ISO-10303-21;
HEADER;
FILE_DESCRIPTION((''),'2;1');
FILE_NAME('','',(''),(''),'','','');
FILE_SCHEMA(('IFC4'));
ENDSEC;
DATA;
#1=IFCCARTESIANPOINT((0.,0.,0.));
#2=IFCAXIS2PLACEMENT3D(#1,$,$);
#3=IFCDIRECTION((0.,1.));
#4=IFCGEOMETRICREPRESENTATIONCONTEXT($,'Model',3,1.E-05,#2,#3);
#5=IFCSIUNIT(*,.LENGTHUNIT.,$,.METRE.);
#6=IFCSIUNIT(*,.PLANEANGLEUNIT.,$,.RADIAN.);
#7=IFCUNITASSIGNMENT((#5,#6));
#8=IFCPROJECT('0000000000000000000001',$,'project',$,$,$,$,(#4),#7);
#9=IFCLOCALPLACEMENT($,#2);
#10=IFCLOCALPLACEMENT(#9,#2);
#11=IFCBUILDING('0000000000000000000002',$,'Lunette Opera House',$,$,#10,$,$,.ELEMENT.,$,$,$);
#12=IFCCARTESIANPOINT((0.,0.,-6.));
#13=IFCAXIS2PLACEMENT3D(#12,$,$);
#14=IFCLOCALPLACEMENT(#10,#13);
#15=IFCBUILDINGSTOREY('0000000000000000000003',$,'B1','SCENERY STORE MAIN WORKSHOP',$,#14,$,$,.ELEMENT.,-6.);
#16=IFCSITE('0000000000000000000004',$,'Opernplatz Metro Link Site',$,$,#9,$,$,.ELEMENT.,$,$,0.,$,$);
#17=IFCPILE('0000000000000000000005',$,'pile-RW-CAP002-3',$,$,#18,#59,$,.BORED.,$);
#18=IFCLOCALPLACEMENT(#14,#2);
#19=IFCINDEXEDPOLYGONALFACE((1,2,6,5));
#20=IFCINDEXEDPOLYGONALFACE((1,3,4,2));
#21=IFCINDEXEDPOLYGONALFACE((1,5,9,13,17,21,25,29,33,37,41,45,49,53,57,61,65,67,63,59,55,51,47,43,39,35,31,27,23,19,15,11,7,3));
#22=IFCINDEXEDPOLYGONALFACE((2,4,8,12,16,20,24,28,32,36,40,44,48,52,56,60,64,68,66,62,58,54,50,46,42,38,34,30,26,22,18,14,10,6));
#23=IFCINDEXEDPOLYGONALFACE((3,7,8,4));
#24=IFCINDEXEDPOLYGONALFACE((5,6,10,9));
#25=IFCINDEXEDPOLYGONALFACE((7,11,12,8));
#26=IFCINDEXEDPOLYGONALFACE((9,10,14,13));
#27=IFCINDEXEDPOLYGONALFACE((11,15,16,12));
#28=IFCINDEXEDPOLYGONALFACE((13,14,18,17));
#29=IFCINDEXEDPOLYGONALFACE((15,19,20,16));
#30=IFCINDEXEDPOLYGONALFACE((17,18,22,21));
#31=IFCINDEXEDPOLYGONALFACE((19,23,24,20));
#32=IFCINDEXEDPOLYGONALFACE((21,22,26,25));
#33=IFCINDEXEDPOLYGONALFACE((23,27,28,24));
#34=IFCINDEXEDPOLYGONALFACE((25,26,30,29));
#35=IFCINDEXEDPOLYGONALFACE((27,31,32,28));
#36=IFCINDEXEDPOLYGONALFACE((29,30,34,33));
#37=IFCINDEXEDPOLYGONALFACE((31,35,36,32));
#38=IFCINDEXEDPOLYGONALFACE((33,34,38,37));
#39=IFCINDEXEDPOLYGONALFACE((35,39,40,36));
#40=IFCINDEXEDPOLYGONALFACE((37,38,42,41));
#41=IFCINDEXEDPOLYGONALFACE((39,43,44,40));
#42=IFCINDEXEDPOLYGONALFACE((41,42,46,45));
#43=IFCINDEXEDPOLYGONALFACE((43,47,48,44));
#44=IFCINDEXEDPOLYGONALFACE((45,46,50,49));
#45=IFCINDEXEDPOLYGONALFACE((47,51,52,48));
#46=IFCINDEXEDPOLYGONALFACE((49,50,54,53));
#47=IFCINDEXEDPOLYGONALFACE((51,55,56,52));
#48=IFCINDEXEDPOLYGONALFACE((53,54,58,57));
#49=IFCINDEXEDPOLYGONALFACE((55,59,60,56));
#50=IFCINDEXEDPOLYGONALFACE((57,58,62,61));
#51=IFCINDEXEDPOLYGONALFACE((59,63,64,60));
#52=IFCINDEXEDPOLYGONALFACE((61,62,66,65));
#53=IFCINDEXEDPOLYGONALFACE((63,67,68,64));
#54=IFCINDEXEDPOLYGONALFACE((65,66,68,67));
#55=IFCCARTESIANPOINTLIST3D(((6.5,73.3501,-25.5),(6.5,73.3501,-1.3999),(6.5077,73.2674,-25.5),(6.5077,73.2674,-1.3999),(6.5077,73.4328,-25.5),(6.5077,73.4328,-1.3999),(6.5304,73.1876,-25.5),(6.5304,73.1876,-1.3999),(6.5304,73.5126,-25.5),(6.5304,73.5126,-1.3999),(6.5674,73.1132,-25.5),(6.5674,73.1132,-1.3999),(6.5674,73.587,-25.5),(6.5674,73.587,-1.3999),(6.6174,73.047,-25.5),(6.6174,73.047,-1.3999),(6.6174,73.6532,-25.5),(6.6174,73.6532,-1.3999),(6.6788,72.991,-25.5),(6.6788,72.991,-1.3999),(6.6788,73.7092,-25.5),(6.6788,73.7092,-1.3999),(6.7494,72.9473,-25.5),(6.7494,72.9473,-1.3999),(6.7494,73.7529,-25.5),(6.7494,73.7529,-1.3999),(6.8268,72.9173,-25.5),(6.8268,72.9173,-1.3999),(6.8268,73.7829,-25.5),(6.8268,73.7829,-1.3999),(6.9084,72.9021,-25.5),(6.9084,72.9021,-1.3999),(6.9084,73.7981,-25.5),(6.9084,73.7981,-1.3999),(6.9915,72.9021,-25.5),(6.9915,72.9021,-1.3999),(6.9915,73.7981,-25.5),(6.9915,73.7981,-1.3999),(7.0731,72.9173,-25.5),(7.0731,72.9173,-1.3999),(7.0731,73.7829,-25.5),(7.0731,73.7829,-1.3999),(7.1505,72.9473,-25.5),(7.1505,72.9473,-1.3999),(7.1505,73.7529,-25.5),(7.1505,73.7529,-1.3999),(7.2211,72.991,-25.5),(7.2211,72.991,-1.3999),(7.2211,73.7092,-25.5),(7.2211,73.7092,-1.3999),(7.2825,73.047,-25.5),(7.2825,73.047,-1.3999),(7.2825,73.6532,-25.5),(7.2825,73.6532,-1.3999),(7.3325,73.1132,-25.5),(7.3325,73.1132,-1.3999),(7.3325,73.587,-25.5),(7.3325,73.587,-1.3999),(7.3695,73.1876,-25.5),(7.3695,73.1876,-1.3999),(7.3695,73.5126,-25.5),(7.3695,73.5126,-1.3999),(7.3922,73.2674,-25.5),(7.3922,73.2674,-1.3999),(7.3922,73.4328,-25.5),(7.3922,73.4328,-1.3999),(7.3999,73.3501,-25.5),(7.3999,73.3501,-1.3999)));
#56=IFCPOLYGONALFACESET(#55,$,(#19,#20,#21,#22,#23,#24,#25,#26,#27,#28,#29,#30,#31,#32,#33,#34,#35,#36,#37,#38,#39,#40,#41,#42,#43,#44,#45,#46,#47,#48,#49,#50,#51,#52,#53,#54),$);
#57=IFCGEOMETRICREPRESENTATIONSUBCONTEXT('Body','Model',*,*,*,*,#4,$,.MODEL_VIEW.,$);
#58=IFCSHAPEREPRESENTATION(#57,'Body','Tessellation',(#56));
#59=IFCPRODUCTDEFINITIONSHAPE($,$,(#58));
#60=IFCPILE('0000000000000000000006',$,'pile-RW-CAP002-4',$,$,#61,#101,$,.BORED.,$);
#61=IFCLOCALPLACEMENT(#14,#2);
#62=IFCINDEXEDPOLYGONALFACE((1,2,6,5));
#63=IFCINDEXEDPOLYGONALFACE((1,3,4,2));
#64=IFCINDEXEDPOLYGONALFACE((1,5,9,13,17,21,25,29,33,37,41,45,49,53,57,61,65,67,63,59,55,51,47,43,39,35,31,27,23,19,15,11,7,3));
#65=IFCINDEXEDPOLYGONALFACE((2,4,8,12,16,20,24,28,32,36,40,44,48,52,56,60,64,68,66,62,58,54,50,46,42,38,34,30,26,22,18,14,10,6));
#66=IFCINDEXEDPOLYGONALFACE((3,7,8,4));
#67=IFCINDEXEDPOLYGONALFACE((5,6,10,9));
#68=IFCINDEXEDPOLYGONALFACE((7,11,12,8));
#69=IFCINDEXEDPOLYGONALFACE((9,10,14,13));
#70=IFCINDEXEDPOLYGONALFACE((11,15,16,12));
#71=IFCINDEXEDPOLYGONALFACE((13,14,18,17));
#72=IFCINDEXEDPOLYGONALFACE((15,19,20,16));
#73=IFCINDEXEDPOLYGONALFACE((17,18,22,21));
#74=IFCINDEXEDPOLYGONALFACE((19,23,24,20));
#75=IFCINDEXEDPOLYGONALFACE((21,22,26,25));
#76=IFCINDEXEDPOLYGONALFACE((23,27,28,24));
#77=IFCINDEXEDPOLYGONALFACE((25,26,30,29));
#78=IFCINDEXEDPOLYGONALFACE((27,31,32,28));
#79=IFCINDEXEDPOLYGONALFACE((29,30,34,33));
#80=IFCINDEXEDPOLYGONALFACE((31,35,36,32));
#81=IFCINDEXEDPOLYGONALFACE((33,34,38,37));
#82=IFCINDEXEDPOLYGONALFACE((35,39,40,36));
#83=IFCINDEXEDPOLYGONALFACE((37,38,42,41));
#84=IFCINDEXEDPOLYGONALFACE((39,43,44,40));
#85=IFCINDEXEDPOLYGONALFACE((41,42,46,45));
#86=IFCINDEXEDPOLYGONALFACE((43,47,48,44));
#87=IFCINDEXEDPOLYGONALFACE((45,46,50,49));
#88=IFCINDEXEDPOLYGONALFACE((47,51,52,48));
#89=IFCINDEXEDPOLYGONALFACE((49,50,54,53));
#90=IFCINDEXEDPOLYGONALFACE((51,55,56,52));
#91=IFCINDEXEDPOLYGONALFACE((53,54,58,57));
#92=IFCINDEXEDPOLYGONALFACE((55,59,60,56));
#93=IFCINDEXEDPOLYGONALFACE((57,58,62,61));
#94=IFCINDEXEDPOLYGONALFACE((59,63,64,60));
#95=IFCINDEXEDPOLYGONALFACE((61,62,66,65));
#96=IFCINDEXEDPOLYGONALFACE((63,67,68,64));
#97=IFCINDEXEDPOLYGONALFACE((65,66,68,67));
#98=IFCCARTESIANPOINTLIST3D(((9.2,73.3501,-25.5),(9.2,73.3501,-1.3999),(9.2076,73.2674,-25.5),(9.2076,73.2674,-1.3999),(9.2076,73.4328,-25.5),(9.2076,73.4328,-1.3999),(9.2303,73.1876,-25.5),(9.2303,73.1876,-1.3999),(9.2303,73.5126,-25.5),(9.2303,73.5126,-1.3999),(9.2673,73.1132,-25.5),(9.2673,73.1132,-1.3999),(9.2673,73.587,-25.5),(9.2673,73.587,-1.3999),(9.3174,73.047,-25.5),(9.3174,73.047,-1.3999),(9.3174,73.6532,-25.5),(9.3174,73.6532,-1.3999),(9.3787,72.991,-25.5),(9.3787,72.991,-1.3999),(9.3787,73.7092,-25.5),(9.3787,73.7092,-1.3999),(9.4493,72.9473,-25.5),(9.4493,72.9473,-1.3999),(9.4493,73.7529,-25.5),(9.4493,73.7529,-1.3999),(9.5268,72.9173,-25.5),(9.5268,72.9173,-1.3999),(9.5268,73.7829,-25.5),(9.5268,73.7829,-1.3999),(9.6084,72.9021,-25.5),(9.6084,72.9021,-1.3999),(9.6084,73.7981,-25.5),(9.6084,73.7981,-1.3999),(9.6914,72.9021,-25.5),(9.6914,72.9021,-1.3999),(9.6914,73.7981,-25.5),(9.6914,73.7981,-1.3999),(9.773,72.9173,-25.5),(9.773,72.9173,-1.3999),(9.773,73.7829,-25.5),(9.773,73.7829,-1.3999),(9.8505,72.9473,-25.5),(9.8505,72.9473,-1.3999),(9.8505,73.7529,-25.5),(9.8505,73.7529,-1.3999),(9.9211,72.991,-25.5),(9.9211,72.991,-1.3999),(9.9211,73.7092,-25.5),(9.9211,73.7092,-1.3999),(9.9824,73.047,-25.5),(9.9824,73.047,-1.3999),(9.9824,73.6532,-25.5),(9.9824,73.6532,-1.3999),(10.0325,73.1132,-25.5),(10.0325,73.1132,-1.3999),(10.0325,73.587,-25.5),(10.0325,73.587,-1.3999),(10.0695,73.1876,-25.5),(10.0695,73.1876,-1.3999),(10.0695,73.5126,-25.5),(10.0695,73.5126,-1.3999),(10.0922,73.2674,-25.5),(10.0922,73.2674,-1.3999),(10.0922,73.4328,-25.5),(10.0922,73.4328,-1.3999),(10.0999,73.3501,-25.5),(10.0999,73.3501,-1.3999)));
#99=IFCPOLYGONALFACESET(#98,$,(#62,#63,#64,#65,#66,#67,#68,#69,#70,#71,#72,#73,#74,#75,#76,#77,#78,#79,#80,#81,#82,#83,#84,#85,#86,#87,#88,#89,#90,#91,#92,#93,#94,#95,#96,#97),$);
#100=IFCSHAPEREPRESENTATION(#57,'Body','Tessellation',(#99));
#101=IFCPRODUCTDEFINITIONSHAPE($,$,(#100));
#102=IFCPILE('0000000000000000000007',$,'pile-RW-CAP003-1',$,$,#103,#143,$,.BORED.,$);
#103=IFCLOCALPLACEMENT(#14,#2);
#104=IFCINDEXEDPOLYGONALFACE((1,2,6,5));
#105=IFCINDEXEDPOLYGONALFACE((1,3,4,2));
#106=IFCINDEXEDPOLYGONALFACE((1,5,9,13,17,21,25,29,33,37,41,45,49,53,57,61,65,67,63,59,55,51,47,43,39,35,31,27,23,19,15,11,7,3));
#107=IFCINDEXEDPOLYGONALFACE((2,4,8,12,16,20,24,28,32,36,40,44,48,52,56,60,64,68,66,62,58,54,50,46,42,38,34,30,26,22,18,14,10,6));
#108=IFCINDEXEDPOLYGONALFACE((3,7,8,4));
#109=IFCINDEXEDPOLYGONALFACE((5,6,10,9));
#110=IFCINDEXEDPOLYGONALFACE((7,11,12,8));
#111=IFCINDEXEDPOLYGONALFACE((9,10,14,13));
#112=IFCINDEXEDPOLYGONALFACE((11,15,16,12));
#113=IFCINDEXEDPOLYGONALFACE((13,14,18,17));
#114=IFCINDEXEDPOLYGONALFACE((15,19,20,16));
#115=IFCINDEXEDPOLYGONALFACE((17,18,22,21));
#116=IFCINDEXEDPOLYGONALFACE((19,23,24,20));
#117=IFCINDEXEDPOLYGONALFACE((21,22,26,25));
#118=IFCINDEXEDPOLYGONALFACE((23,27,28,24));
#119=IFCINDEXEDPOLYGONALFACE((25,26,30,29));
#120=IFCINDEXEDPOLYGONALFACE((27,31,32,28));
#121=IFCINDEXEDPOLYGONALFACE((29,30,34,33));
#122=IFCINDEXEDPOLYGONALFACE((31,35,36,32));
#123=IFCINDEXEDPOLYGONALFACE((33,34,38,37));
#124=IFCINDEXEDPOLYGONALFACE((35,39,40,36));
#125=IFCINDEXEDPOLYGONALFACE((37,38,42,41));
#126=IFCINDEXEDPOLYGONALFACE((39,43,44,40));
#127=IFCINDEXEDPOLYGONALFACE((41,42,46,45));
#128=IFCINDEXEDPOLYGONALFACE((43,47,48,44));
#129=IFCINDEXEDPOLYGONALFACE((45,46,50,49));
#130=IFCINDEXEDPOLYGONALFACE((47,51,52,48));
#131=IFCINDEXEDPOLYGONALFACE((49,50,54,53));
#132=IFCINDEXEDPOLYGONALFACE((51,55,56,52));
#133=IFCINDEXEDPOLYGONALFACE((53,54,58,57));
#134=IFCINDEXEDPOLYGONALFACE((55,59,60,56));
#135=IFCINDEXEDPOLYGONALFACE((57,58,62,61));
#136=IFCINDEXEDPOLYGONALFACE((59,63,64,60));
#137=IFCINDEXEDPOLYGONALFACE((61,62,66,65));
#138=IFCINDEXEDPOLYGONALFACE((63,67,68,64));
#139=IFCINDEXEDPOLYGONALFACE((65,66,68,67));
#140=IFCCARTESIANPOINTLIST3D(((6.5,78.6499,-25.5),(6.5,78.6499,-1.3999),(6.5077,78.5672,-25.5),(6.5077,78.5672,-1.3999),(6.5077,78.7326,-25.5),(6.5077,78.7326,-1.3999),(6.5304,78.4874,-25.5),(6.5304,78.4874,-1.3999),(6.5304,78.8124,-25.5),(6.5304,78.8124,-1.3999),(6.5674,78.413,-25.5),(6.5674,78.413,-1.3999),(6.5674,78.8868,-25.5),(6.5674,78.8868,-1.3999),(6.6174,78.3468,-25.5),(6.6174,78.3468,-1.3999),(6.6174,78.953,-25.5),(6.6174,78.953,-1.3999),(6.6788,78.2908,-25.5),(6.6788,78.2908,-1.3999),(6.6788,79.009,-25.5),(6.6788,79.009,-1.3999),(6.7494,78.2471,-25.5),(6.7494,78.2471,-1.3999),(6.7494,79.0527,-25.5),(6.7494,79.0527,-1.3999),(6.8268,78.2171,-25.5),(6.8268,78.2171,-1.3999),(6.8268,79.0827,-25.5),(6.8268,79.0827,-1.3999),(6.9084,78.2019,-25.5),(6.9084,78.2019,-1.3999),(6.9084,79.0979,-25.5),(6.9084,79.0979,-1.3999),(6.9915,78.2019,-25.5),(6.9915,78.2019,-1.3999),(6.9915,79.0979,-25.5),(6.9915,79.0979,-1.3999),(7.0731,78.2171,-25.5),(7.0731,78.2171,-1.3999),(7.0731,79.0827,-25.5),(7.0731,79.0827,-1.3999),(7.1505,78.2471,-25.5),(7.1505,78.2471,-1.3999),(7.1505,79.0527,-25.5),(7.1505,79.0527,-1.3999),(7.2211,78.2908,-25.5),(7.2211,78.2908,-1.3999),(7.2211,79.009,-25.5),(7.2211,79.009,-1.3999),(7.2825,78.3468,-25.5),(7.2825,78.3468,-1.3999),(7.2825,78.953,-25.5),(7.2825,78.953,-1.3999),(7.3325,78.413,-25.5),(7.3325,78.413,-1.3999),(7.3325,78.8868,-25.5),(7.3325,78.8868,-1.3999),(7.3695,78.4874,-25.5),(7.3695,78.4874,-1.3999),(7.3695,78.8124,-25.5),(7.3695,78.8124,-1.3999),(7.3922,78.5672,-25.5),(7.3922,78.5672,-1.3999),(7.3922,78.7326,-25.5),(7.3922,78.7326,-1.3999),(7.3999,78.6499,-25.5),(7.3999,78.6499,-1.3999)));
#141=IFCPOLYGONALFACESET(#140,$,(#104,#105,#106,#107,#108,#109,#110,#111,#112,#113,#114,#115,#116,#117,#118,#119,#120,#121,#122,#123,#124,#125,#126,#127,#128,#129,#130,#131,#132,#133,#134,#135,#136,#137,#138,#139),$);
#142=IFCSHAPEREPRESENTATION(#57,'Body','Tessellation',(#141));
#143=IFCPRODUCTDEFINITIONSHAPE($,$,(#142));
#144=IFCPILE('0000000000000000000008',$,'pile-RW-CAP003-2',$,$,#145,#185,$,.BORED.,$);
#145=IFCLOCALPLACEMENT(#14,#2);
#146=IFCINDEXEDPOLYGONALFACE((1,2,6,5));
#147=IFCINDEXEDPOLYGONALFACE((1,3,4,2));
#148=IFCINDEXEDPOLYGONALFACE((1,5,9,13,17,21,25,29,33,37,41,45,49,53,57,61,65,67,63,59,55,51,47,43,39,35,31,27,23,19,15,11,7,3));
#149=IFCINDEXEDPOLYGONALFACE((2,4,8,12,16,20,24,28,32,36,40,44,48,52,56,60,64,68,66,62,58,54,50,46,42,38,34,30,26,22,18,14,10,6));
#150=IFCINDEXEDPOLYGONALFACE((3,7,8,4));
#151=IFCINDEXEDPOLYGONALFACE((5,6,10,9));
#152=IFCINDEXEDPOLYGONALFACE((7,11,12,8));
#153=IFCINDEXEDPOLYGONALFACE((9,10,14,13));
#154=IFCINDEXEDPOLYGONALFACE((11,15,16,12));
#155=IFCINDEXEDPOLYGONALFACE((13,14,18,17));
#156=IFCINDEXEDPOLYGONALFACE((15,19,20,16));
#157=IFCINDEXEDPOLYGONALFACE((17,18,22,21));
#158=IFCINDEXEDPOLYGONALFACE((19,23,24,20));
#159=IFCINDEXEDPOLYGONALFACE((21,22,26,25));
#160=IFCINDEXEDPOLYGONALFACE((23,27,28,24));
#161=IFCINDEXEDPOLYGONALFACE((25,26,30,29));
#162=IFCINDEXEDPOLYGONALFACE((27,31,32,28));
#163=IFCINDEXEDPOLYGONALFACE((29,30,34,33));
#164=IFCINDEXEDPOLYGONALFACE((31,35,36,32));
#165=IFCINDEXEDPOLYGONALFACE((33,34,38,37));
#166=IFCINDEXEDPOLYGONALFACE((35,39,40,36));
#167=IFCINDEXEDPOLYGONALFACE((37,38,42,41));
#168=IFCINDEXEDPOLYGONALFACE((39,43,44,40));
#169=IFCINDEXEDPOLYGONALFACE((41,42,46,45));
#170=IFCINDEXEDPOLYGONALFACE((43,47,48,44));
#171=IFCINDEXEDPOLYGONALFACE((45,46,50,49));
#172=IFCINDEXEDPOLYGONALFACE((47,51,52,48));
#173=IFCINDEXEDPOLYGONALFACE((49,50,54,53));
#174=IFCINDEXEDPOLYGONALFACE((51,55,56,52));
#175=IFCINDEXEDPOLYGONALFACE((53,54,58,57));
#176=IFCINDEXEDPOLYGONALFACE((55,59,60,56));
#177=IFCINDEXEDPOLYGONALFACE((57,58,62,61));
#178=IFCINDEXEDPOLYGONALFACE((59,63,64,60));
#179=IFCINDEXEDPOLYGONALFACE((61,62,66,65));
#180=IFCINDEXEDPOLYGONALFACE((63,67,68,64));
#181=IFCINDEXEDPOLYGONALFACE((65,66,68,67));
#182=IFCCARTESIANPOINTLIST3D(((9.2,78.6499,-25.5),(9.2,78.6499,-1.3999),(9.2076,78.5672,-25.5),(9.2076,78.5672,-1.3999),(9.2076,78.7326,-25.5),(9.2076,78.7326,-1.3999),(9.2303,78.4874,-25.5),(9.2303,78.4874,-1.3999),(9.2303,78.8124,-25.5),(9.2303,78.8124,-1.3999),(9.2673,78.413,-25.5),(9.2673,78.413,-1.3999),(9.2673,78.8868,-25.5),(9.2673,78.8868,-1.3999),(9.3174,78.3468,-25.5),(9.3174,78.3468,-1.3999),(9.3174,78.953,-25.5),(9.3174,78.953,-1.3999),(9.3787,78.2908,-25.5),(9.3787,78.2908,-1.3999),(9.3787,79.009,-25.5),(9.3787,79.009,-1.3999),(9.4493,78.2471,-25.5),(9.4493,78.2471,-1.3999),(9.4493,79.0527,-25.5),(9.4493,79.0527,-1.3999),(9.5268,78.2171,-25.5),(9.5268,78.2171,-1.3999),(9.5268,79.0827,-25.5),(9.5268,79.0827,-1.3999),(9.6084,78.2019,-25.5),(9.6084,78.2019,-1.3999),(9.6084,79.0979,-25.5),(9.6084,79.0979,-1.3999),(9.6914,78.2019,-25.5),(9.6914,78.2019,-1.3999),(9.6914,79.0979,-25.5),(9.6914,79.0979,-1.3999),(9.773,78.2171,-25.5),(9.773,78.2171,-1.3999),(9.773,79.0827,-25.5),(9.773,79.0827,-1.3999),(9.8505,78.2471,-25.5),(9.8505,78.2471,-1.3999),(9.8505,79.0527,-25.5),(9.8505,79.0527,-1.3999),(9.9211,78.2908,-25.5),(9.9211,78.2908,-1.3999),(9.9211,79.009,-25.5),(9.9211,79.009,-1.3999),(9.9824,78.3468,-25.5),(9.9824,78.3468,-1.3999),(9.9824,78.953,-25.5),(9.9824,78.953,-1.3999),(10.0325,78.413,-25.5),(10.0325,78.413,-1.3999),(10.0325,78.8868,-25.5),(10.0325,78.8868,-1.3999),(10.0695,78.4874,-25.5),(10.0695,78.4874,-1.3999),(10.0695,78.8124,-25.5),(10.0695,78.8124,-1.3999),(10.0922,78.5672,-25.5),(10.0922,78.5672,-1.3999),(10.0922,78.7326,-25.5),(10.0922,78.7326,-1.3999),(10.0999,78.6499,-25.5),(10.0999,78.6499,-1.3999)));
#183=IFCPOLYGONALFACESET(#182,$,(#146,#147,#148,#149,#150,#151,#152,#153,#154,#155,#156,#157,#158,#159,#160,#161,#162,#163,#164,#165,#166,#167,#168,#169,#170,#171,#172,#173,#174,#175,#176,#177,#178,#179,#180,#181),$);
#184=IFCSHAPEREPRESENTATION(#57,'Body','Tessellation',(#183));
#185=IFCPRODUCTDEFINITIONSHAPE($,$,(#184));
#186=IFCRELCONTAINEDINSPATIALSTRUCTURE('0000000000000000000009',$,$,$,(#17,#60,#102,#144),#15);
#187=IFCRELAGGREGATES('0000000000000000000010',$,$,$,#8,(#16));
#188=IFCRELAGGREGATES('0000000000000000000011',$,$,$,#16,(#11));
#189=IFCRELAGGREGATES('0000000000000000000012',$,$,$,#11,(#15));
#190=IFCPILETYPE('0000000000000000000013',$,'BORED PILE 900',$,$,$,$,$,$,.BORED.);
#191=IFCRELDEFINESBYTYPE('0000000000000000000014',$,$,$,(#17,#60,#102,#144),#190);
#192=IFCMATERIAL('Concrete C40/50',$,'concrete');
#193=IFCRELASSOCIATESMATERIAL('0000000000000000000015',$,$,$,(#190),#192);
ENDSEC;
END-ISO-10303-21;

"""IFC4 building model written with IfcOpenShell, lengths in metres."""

from ifc_helpers import new_model, si_unit, direction, frame, origin, origin_2d, place, context, subcontext, project, spatial, circle, extrude, material, material_profile, profile_set, type_object, element, save


model = new_model("IFC4")

# Units and contexts
model_context = context("Model", 3, precision=1e-05, world=origin(), true_north=direction((0.0, 1.0)))
body_context = subcontext(model_context, "Body", "Model", "MODEL_VIEW")
ifc_project = project(units=[si_unit("LENGTHUNIT", "METRE"), si_unit("PLANEANGLEUNIT", "RADIAN")], contexts=[model_context])

# Site, building, storey
site_placement = place(None, origin())
site = spatial("IfcSite", under=ifc_project, at=site_placement, Name="Opernplatz Metro Link Site", CompositionType="ELEMENT", RefElevation=0.0)
building_placement = place(site_placement, origin())
building = spatial("IfcBuilding", under=site, at=building_placement, Name="Lunette Opera House", CompositionType="ELEMENT")
storey_placement = place(building_placement, frame((0.0, 0.0, -6.0)))
storey = spatial("IfcBuildingStorey", under=building, at=storey_placement, Name="B1", Description="SCENERY STORE MAIN WORKSHOP", CompositionType="ELEMENT", Elevation=-6.0)

# Piles
ifc_material_1 = material(Name="Concrete C40/50", Category="concrete")
ifc_material_profile_1 = material_profile(ifc_material_1, circle(Radius=0.45, at=origin_2d()), Name="BORED PILE 900")
ifc_profile_set_1 = profile_set([ifc_material_profile_1], Name="Concrete C40/50")
pile_type = type_object("IfcPileType", Name="BORED PILE 900", PredefinedType="BORED", material=ifc_profile_set_1)
for number, where, z_axis, x_axis, name in (
    (1, (6.95, 73.3501, -1.3999), (0.0, 0.0, -1.0), (1.0, 0.0, 0.0), "pile-RW-CAP002-3"),
    (2, (9.6499, 73.3501, -1.3999), (0.0, 0.0, -1.0), (1.0, 0.0, 0.0), "pile-RW-CAP002-4"),
    (3, (6.95, 78.6499, -1.3999), (0.0, 0.0, -1.0), (1.0, 0.0, 0.0), "pile-RW-CAP003-1"),
    (4, (9.6499, 78.6499, -1.3999), (0.0, 0.0, -1.0), (1.0, 0.0, 0.0), "pile-RW-CAP003-2"),
):
    element("IfcPile", number, at=place(storey_placement, frame(where, z_axis=z_axis, x_axis=x_axis)), inside=storey, type_object=pile_type, Name=name, PredefinedType="BORED", context=body_context, shape_type="SweptSolid", body=[
        extrude(circle(Radius=0.45, at=origin_2d()), origin(), (0.0, 0.0, 1.0), 24.1001),
    ])

save(model, "model.ifc")
